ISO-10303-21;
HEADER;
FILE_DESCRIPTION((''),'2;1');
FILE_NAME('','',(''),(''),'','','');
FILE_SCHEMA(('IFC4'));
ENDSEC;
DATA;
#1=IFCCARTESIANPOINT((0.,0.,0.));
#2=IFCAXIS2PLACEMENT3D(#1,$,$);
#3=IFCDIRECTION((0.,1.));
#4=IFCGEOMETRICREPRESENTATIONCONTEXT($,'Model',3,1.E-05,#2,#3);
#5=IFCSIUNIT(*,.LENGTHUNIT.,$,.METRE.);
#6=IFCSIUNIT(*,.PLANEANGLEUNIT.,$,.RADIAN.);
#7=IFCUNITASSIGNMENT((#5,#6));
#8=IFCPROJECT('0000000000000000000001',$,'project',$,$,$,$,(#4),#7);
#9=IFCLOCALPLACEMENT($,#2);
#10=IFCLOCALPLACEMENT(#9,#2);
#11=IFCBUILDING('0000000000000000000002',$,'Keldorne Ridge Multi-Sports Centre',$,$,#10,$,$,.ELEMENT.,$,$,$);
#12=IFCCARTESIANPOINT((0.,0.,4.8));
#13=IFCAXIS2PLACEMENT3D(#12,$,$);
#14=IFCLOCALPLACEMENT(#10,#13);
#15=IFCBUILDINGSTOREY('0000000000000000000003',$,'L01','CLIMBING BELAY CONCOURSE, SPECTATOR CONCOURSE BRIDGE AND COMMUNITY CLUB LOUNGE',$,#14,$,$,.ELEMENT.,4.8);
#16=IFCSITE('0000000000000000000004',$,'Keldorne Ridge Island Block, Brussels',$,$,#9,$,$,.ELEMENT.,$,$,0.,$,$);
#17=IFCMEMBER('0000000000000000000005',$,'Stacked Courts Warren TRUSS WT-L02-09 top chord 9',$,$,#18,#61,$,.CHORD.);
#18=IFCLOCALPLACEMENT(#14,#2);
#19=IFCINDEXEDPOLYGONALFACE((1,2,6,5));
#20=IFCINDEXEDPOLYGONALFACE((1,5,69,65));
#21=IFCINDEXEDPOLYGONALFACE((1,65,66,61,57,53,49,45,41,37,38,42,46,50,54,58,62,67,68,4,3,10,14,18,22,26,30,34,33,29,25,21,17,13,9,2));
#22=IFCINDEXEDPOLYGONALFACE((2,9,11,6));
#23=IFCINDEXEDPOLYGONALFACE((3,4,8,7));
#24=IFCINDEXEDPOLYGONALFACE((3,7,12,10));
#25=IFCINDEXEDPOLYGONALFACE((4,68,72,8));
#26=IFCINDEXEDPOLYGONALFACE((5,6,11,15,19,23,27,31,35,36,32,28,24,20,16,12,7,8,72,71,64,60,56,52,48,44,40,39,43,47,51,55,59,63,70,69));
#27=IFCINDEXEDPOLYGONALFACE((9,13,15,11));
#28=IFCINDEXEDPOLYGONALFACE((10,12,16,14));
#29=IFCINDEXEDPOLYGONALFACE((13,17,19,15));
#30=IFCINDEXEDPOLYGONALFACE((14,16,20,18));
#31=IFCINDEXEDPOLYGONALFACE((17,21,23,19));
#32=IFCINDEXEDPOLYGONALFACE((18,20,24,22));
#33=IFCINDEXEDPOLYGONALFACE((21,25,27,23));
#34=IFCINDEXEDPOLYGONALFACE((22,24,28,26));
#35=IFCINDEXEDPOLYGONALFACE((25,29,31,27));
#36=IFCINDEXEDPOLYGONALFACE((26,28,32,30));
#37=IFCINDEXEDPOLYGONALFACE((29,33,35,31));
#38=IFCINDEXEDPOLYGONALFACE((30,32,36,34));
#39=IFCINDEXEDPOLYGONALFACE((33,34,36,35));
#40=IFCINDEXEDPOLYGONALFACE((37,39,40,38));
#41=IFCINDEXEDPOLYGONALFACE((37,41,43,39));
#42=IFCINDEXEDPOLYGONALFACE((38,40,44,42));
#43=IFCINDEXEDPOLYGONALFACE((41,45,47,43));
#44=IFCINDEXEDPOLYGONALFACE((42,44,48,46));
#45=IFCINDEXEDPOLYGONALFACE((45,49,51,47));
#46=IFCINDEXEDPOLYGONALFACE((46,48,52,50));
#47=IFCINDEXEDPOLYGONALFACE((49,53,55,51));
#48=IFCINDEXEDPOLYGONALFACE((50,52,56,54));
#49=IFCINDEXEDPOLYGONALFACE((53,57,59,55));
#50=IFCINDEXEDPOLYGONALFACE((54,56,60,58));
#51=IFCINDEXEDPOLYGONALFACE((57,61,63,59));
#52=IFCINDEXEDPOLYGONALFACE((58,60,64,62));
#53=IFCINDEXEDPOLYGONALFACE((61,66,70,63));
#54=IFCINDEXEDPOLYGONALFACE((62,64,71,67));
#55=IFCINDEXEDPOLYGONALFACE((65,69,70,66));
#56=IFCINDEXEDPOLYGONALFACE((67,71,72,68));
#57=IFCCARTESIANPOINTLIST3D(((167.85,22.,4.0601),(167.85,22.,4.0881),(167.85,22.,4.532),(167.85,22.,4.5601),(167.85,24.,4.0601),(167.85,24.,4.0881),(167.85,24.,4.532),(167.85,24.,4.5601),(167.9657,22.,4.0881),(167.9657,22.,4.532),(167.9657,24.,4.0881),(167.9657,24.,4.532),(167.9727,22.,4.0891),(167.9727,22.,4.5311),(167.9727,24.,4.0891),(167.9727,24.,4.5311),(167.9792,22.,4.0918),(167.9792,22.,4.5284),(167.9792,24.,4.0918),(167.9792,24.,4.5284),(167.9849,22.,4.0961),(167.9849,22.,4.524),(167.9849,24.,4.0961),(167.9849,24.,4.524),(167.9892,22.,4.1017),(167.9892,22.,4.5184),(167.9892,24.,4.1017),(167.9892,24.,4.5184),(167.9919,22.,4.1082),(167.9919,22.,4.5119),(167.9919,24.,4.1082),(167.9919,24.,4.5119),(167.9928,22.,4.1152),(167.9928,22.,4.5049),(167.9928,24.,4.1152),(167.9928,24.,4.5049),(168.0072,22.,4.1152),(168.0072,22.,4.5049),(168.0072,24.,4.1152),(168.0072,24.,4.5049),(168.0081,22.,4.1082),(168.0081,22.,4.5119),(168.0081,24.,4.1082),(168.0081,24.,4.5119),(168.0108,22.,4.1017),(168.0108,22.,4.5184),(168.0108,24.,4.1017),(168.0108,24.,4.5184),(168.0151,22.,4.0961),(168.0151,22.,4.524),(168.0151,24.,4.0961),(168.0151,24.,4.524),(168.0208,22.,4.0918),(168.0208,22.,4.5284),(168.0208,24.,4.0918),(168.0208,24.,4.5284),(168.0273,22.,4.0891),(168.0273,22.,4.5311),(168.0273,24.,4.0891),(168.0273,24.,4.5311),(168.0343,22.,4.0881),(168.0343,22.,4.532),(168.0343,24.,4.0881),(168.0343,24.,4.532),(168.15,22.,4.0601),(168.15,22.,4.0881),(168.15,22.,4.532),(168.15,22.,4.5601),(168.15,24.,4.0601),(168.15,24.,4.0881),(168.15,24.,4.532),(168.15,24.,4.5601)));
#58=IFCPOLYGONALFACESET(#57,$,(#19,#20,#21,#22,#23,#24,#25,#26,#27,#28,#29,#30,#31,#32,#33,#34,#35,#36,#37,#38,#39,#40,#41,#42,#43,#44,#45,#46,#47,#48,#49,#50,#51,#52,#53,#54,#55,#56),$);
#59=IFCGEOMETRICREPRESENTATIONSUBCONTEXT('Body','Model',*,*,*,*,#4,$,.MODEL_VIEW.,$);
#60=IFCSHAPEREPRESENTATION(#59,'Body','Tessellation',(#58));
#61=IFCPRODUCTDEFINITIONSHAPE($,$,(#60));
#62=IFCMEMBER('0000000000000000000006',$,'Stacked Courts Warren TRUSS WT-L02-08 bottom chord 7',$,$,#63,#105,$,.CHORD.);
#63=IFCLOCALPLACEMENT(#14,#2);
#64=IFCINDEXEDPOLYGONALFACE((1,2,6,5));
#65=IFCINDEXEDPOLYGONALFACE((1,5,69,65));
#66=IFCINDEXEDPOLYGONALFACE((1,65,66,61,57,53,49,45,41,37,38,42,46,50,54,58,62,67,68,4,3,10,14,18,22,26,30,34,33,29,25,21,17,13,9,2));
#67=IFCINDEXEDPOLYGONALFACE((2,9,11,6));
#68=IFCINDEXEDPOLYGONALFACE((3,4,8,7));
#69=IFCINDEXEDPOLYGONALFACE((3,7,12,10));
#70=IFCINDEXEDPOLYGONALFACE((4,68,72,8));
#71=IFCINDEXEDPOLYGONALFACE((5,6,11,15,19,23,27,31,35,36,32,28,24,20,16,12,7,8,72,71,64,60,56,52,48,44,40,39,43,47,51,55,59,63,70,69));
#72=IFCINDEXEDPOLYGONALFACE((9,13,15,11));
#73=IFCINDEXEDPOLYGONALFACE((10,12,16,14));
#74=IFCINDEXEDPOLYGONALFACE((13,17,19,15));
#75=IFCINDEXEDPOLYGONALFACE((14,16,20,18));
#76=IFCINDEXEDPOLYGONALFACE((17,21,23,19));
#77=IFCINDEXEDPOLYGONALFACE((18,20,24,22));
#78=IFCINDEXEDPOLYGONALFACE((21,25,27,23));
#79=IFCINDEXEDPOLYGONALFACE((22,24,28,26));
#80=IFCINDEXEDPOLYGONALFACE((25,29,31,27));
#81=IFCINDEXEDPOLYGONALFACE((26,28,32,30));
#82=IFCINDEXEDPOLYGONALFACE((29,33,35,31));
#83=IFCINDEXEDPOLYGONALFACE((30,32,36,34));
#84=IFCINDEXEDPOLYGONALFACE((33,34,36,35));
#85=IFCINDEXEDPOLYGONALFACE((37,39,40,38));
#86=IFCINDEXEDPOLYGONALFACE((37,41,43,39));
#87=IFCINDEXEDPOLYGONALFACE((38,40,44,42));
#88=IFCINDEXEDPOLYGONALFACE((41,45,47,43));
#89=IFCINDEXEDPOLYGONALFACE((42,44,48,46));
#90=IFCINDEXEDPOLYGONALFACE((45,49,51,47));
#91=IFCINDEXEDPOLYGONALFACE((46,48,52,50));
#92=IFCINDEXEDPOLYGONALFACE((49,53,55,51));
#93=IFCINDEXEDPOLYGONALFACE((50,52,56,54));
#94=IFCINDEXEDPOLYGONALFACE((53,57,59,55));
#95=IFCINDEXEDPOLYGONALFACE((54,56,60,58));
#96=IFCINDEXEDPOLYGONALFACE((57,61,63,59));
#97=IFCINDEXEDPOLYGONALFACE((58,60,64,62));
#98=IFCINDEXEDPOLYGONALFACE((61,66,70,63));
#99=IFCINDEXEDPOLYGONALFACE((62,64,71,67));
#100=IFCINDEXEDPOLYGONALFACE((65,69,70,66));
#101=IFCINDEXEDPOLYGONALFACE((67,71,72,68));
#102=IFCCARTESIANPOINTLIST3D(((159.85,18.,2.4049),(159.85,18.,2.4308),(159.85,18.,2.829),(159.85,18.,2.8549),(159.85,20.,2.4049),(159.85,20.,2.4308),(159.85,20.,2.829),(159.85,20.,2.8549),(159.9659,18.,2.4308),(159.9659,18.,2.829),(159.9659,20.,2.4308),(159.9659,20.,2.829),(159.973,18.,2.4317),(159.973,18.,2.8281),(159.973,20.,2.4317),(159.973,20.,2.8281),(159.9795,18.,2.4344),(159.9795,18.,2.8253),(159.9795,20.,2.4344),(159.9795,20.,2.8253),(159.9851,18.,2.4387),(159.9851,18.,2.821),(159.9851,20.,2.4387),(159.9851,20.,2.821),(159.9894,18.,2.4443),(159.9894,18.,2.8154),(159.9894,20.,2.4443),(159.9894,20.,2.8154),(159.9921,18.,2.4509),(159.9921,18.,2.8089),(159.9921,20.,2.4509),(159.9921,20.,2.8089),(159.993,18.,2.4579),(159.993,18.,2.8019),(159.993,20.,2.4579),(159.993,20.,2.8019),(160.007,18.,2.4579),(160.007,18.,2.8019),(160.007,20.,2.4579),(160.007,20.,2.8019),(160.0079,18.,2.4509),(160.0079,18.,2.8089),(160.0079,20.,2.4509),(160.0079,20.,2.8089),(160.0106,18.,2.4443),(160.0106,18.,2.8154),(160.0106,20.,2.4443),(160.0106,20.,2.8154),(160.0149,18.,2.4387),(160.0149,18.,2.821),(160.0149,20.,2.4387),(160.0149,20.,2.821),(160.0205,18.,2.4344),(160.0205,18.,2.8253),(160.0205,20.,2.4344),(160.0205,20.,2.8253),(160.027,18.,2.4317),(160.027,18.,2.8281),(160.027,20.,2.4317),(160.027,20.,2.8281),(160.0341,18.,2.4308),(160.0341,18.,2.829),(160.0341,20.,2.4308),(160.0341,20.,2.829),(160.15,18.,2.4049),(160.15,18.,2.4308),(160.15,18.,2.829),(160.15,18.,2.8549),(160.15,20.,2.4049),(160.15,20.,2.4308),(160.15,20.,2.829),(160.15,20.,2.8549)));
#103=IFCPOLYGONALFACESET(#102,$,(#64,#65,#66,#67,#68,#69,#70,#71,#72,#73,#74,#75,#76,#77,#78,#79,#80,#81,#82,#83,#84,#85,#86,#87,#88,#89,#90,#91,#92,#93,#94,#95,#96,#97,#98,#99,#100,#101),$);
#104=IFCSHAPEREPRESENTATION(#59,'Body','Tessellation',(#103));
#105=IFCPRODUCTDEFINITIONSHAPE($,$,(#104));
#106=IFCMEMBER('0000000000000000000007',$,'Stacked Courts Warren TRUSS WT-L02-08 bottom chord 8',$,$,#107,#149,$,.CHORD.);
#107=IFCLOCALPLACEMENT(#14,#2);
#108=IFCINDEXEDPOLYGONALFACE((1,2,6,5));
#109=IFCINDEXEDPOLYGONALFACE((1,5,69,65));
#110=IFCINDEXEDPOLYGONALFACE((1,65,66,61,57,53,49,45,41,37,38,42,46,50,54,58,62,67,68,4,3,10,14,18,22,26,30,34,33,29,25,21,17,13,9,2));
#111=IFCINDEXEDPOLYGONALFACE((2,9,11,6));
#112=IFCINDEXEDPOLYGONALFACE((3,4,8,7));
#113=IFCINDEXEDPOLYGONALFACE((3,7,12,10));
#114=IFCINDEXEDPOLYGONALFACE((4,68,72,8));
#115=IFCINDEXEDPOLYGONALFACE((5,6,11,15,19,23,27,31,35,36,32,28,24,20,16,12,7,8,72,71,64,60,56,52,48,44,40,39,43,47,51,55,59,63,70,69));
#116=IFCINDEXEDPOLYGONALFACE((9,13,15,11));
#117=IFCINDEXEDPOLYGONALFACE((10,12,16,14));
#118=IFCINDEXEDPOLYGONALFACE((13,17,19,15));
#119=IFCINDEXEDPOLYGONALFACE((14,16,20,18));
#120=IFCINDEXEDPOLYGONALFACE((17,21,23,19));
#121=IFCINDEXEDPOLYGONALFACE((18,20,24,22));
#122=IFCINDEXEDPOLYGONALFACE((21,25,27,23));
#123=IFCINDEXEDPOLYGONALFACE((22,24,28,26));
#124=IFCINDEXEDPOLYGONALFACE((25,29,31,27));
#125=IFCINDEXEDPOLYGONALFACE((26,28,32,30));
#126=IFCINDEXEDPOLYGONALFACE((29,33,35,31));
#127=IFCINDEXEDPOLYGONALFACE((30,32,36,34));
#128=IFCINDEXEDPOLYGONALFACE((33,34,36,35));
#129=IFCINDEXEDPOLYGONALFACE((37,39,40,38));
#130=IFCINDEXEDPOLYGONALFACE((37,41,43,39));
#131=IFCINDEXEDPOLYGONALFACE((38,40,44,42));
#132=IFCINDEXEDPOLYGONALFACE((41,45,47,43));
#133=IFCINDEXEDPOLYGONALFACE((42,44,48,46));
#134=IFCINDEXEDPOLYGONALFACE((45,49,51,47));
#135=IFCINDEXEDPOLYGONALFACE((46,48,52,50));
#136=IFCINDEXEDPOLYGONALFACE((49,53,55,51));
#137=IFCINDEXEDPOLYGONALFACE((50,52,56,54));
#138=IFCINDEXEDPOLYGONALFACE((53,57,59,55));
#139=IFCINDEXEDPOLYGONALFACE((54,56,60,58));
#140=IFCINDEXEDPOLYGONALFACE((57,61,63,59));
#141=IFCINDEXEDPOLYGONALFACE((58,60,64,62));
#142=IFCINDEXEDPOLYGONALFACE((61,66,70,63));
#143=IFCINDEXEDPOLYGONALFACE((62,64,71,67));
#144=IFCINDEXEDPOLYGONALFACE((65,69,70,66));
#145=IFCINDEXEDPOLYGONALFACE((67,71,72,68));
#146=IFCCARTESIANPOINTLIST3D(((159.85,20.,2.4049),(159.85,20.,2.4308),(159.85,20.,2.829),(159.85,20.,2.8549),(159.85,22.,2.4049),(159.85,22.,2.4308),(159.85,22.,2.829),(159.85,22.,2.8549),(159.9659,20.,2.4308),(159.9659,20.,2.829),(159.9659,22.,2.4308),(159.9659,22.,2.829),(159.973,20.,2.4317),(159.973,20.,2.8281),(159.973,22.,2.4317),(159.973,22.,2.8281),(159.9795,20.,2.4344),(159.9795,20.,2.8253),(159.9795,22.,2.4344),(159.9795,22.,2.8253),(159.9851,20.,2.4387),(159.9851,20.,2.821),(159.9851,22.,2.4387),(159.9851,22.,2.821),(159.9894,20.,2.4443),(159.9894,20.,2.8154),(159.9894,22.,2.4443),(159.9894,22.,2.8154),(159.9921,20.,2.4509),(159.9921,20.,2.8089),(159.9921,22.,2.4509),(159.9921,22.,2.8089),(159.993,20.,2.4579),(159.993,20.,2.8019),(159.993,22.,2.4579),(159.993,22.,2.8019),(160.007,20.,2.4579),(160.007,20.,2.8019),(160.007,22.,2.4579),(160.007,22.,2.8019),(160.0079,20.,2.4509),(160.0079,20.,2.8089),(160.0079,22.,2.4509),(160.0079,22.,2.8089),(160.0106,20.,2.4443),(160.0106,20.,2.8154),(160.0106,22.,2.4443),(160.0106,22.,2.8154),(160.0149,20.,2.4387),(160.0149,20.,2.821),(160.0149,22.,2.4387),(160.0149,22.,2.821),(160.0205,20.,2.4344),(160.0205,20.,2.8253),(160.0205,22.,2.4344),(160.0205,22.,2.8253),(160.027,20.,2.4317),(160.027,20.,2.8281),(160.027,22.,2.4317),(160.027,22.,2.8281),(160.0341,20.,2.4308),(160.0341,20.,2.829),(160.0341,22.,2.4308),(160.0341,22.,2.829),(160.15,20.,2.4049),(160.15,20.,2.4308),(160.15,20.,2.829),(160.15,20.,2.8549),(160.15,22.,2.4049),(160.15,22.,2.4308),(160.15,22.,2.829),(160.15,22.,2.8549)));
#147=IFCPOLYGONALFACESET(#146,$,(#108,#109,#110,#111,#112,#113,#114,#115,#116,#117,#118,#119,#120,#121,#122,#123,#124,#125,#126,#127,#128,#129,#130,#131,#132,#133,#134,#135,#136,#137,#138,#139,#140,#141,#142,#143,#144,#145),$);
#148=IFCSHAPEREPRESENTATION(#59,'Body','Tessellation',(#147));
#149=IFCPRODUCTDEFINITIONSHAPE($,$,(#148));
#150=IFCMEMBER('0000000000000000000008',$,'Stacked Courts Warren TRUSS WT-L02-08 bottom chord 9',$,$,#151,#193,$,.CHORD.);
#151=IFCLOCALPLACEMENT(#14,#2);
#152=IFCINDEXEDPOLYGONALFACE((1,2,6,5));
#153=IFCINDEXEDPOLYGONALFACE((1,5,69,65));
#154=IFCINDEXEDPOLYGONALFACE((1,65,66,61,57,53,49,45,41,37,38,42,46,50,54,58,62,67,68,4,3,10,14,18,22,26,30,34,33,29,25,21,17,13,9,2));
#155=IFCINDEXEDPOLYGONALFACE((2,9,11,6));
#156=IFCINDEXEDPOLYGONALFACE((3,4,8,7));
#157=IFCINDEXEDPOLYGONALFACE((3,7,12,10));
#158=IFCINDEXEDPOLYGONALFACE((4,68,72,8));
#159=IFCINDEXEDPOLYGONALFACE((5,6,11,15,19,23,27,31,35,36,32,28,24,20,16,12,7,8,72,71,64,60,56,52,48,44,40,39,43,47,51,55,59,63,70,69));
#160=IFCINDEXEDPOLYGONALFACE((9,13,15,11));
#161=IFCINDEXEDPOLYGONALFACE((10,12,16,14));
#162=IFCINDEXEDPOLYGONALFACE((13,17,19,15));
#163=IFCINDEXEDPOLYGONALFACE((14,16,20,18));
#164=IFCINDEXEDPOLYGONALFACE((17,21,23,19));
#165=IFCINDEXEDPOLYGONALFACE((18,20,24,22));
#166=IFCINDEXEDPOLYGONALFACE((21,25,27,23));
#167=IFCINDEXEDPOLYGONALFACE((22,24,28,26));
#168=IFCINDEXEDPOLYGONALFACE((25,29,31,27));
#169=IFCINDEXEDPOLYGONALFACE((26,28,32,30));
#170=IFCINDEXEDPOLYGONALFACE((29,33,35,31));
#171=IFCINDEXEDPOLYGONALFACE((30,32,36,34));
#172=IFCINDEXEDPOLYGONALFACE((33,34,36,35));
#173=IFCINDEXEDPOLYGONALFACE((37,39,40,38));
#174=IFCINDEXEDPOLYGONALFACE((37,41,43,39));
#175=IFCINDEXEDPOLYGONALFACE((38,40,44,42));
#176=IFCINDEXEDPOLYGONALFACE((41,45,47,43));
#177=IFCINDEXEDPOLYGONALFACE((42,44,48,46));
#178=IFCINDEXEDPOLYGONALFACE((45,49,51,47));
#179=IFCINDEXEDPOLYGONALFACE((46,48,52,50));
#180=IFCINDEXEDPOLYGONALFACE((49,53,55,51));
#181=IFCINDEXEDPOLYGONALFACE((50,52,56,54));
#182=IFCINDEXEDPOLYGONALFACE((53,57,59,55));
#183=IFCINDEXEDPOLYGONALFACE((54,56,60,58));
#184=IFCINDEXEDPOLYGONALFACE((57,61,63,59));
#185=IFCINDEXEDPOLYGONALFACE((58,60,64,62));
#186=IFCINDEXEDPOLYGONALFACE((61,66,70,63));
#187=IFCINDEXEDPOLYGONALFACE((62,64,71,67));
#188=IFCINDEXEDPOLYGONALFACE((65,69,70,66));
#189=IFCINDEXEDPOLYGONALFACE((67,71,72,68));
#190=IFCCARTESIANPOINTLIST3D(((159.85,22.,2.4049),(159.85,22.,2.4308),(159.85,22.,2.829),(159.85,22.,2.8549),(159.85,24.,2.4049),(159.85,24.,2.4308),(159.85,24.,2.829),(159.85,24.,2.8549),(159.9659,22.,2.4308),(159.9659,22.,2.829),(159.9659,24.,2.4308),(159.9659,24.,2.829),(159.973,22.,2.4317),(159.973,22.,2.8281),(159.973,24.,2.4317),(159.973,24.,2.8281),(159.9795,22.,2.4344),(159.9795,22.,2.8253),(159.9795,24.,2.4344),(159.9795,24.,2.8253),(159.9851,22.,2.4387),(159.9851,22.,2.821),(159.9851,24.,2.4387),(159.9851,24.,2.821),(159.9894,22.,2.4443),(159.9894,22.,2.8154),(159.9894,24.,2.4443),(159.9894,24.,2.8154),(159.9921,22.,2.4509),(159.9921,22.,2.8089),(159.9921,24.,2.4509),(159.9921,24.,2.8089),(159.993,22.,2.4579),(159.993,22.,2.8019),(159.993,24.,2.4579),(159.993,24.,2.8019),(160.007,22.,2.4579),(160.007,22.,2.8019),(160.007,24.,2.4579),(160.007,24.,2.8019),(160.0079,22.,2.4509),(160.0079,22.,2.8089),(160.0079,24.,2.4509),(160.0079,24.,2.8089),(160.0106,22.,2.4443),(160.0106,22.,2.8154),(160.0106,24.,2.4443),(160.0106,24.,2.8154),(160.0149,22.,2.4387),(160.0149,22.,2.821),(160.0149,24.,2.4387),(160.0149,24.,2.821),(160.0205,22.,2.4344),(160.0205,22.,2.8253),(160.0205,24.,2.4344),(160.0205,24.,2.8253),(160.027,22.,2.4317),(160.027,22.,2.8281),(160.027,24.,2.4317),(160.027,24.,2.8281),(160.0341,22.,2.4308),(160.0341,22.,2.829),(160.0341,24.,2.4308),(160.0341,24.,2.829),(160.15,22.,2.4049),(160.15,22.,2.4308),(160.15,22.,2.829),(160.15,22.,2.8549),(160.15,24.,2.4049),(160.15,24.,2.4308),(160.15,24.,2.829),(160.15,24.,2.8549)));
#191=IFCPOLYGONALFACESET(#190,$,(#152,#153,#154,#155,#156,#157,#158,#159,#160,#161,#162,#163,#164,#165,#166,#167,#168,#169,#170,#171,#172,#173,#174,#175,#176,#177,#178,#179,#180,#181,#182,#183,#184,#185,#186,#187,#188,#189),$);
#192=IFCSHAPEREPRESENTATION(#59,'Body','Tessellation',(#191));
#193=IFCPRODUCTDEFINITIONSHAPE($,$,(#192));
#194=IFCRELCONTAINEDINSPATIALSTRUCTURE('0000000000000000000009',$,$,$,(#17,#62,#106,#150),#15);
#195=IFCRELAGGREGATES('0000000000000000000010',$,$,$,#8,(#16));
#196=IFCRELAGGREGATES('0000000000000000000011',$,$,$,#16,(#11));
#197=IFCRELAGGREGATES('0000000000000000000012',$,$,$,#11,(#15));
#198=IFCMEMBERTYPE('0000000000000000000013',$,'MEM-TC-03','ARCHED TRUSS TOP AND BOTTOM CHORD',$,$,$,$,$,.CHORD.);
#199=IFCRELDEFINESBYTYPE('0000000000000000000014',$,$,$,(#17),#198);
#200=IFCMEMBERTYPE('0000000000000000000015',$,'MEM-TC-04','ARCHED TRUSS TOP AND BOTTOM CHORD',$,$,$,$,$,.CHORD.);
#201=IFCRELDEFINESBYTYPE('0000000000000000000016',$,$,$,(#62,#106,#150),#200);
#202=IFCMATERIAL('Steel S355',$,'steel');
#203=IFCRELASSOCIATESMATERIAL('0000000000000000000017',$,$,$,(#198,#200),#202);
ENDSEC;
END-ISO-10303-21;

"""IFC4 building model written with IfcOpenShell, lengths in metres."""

from ifc_helpers import new_model, si_unit, direction, frame, origin, origin_2d, place, context, subcontext, project, spatial, i_section, extrude, material, material_profile, profile_set, type_object, element, save


model = new_model("IFC4")

# Units and contexts
model_context = context("Model", 3, precision=1e-05, world=origin(), true_north=direction((0.0, 1.0)))
body_context = subcontext(model_context, "Body", "Model", "MODEL_VIEW")
ifc_project = project(units=[si_unit("LENGTHUNIT", "METRE"), si_unit("PLANEANGLEUNIT", "RADIAN")], contexts=[model_context])

# Site, building, storey
site_placement = place(None, origin())
site = spatial("IfcSite", under=ifc_project, at=site_placement, Name="Keldorne Ridge Island Block, Brussels", CompositionType="ELEMENT", RefElevation=0.0)
building_placement = place(site_placement, origin())
building = spatial("IfcBuilding", under=site, at=building_placement, Name="Keldorne Ridge Multi-Sports Centre", CompositionType="ELEMENT")
storey_placement = place(building_placement, frame((0.0, 0.0, 4.8)))
storey = spatial("IfcBuildingStorey", under=building, at=storey_placement, Name="L01", Description="CLIMBING BELAY CONCOURSE, SPECTATOR CONCOURSE BRIDGE AND COMMUNITY CLUB LOUNGE", CompositionType="ELEMENT", Elevation=4.8)

# Shared definitions
ifc_material_1 = material(Name="Steel S355", Category="steel")

# Members
ifc_material_profile_1 = material_profile(ifc_material_1, i_section(OverallWidth=0.3, OverallDepth=0.5, WebThickness=0.0144, FlangeThickness=0.0281, FilletRadius=0.0271, at=origin_2d()), Name="HEB 500")
ifc_profile_set_1 = profile_set([ifc_material_profile_1], Name="Steel S355")
member_type_1 = type_object("IfcMemberType", Name="MEM-TC-03", Description="ARCHED TRUSS TOP AND BOTTOM CHORD", PredefinedType="CHORD", material=ifc_profile_set_1)
for number, where, z_axis, x_axis, name in (
    (1, (168.0, 22.0, 4.3101), (0.0, 1.0, 0.0), (-1.0, 0.0, 0.0), "Stacked Courts Warren TRUSS WT-L02-09 top chord 9"),
):
    element("IfcMember", number, at=place(storey_placement, frame(where, z_axis=z_axis, x_axis=x_axis)), inside=storey, type_object=member_type_1, Name=name, PredefinedType="CHORD", context=body_context, shape_type="SweptSolid", body=[
        extrude(i_section(OverallWidth=0.3, OverallDepth=0.5, WebThickness=0.0144, FlangeThickness=0.0281, FilletRadius=0.0271, at=origin_2d()), origin(), (0.0, 0.0, 1.0), 2.0),
    ])
ifc_material_profile_2 = material_profile(ifc_material_1, i_section(OverallWidth=0.3, OverallDepth=0.45, WebThickness=0.0139, FlangeThickness=0.0259, FilletRadius=0.0271, at=origin_2d()), Name="HEB 450")
ifc_profile_set_2 = profile_set([ifc_material_profile_2], Name="Steel S355")
member_type_2 = type_object("IfcMemberType", Name="MEM-TC-04", Description="ARCHED TRUSS TOP AND BOTTOM CHORD", PredefinedType="CHORD", material=ifc_profile_set_2)
for number, where, z_axis, x_axis, name in (
    (2, (160.0, 18.0, 2.6299), (0.0, 1.0, 0.0), (-1.0, 0.0, 0.0), "Stacked Courts Warren TRUSS WT-L02-08 bottom chord 7"),
    (3, (160.0, 20.0, 2.6299), (0.0, 1.0, 0.0), (-1.0, 0.0, 0.0), "Stacked Courts Warren TRUSS WT-L02-08 bottom chord 8"),
    (4, (160.0, 22.0, 2.6299), (0.0, 1.0, 0.0), (-1.0, 0.0, 0.0), "Stacked Courts Warren TRUSS WT-L02-08 bottom chord 9"),
):
    element("IfcMember", number, at=place(storey_placement, frame(where, z_axis=z_axis, x_axis=x_axis)), inside=storey, type_object=member_type_2, Name=name, PredefinedType="CHORD", context=body_context, shape_type="SweptSolid", body=[
        extrude(i_section(OverallWidth=0.3, OverallDepth=0.45, WebThickness=0.0139, FlangeThickness=0.0259, FilletRadius=0.0271, at=origin_2d()), origin(), (0.0, 0.0, 1.0), 2.0),
    ])

save(model, "model.ifc")
